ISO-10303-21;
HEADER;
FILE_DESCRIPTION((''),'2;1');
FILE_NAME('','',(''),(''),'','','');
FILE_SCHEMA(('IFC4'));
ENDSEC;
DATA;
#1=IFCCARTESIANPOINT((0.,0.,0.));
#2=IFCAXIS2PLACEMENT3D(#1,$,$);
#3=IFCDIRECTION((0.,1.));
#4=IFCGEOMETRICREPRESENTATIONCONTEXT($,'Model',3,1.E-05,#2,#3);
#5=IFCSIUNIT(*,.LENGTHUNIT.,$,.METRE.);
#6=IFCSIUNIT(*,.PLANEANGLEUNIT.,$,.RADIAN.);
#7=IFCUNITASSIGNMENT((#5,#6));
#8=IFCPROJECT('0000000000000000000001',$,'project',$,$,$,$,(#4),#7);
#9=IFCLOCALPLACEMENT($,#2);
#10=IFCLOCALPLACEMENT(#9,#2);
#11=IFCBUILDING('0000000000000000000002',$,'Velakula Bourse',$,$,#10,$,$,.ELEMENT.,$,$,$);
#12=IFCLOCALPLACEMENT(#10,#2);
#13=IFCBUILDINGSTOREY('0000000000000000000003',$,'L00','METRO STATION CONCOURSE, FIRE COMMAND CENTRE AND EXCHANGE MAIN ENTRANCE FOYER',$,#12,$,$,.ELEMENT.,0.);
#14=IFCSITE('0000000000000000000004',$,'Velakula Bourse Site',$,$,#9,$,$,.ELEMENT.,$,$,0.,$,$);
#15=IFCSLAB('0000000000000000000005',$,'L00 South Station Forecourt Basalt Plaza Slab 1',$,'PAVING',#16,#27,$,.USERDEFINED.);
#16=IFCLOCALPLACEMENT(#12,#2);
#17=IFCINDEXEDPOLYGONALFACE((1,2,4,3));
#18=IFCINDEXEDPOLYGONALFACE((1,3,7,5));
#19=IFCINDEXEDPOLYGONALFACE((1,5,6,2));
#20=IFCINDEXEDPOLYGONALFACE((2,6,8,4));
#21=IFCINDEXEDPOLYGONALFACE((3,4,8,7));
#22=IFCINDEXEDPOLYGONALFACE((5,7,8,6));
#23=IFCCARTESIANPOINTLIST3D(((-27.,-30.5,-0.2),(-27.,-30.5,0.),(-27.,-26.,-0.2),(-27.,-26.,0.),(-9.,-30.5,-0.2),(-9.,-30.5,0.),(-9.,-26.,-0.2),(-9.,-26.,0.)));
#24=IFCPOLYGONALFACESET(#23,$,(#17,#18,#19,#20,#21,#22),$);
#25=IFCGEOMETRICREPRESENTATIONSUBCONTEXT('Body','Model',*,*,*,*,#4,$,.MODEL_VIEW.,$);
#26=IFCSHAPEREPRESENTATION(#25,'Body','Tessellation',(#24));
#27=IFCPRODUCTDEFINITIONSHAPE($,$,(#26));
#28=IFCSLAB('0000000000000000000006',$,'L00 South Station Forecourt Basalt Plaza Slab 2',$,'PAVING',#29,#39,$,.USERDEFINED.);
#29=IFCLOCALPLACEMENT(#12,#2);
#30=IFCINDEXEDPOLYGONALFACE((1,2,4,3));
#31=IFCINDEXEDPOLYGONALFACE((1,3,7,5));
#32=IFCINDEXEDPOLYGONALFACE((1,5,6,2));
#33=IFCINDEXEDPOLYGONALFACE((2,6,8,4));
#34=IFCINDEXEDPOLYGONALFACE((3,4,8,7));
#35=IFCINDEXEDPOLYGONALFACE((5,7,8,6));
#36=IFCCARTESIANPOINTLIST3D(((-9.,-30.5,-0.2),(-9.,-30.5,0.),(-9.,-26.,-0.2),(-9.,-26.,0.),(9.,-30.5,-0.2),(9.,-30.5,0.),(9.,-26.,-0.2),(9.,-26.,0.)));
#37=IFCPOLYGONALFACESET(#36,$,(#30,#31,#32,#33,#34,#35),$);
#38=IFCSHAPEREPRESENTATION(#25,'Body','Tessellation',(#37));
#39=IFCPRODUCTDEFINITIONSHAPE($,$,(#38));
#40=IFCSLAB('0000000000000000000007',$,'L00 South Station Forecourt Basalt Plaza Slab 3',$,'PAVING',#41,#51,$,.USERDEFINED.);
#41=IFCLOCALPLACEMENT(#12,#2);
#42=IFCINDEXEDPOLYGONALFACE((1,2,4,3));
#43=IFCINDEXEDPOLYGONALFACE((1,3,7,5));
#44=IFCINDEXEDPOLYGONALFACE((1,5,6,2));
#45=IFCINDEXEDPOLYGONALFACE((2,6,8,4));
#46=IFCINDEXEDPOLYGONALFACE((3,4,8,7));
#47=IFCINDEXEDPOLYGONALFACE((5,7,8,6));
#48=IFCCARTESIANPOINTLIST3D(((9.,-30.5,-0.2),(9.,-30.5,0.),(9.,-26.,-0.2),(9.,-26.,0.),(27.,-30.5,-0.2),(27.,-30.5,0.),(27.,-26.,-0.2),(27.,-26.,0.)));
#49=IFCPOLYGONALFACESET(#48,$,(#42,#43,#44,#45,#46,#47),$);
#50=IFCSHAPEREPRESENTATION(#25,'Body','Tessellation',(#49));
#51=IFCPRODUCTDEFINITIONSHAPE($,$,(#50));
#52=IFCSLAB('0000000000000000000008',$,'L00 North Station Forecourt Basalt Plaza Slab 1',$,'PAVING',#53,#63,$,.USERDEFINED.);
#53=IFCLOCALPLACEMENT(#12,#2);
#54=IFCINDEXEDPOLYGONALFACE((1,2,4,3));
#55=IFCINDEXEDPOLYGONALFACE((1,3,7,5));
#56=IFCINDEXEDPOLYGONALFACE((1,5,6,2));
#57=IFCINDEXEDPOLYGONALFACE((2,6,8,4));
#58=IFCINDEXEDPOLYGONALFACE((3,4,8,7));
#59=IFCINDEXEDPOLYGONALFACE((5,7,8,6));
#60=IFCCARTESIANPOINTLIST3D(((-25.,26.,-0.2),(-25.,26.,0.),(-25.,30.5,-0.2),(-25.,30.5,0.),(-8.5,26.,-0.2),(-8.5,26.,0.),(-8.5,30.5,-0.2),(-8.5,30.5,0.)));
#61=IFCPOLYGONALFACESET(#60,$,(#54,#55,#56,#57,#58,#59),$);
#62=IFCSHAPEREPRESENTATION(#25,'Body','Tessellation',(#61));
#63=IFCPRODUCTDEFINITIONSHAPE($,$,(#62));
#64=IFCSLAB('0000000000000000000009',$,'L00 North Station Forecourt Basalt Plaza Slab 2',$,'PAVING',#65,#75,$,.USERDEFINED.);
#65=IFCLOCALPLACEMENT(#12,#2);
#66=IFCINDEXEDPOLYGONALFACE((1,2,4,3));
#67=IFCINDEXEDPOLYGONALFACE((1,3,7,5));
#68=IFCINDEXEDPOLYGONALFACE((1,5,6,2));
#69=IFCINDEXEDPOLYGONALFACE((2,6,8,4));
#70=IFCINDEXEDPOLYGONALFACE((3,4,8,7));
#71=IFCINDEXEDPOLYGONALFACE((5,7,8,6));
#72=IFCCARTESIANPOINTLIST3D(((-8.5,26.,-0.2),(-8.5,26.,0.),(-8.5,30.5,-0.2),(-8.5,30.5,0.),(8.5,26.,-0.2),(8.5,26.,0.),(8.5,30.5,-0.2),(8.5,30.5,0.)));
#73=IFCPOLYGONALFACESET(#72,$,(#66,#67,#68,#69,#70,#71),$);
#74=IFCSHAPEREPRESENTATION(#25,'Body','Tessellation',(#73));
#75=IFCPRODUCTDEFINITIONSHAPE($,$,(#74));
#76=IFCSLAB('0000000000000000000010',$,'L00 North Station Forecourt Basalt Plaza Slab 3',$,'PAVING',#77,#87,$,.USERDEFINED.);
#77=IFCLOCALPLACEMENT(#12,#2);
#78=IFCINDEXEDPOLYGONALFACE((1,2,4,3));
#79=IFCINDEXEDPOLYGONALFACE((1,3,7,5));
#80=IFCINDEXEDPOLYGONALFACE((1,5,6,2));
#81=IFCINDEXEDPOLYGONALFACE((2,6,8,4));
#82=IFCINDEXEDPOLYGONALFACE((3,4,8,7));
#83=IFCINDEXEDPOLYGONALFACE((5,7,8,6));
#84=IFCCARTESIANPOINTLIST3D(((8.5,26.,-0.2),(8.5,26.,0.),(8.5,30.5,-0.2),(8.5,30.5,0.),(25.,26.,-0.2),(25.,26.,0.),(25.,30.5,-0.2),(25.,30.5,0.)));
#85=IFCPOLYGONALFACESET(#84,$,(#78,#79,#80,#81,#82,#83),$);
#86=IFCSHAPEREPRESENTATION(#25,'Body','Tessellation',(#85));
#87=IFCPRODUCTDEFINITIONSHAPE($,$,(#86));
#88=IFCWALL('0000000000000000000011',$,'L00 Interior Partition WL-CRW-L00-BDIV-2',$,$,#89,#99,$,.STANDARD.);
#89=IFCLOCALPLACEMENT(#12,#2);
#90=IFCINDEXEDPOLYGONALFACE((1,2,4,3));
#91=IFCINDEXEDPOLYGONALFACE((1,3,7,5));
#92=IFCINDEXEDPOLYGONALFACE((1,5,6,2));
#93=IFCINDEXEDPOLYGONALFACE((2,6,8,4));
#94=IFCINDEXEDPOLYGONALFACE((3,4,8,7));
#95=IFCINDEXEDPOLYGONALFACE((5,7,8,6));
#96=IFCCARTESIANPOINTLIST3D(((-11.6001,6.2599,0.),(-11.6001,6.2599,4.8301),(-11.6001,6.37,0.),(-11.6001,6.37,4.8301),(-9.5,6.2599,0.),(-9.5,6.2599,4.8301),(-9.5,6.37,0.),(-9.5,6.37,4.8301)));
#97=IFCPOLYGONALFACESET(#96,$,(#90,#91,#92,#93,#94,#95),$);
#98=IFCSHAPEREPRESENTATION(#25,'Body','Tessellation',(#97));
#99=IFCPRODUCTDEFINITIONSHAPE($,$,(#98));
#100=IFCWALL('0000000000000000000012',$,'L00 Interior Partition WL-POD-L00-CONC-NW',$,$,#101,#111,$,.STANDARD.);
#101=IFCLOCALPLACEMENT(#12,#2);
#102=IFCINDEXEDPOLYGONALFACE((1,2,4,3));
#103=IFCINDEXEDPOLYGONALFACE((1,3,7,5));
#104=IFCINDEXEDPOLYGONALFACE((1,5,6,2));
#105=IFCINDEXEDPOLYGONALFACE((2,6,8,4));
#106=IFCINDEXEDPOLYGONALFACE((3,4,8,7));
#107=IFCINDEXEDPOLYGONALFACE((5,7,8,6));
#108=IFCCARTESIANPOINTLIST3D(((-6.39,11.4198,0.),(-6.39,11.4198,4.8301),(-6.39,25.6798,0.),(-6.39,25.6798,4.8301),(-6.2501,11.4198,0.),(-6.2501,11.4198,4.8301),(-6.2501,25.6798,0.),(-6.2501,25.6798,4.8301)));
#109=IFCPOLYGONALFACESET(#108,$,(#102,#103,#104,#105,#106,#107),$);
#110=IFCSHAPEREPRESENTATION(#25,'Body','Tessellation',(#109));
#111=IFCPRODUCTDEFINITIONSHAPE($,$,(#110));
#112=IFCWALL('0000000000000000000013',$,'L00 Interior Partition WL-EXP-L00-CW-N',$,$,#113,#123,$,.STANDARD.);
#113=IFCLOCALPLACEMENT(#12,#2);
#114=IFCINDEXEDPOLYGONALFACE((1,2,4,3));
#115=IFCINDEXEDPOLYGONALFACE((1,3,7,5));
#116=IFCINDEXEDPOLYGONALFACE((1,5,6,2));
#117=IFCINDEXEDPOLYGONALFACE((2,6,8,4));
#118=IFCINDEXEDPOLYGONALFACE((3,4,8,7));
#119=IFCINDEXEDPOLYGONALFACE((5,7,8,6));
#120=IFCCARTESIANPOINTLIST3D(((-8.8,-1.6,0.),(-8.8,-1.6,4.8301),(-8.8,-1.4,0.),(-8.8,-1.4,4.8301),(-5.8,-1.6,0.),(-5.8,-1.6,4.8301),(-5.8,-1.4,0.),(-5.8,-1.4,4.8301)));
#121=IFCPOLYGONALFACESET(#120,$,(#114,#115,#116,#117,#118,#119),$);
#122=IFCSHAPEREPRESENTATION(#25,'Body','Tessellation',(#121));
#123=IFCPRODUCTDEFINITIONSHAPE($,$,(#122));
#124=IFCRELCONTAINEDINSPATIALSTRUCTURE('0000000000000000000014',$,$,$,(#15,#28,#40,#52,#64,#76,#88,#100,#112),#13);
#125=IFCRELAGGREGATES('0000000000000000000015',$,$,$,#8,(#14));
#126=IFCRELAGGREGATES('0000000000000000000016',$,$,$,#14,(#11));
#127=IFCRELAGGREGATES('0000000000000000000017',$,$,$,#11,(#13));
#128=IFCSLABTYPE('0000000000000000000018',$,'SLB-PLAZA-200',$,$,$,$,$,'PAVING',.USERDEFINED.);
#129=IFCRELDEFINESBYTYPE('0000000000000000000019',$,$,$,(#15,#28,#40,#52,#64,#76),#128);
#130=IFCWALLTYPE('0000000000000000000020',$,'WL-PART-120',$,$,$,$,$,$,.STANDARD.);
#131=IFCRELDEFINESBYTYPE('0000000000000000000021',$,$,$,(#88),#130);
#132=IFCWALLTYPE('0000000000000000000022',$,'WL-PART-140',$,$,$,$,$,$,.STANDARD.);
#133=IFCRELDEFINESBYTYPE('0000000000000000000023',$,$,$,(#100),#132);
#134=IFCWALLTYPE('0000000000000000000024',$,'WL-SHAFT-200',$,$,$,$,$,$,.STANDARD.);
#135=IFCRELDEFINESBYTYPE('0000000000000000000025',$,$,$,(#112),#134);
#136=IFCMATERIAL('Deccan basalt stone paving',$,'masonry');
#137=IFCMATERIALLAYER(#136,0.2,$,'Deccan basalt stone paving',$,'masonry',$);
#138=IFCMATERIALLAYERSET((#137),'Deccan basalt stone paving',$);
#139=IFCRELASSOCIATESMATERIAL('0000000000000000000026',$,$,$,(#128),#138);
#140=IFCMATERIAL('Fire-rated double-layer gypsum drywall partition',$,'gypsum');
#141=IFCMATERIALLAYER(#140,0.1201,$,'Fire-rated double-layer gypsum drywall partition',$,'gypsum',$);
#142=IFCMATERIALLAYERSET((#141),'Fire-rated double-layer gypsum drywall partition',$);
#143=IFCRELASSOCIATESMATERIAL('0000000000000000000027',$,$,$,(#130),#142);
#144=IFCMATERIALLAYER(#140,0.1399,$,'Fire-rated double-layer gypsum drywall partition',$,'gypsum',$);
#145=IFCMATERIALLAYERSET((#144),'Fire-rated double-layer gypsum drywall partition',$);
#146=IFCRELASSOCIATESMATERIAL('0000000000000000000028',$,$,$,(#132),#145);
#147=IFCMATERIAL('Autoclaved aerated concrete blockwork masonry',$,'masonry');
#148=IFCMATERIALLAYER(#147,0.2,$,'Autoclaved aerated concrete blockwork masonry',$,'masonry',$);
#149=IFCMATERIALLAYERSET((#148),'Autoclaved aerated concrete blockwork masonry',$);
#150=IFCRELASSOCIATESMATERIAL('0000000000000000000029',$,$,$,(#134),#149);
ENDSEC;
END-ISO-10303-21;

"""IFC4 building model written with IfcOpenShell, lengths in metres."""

from ifc_helpers import new_model, si_unit, direction, frame, frame_2d, origin, place, context, subcontext, project, spatial, polyline, rectangle, outline, extrude, material, layer, layer_set, type_object, element, save


model = new_model("IFC4")

# Units and contexts
model_context = context("Model", 3, precision=1e-05, world=origin(), true_north=direction((0.0, 1.0)))
body_context = subcontext(model_context, "Body", "Model", "MODEL_VIEW")
ifc_project = project(units=[si_unit("LENGTHUNIT", "METRE"), si_unit("PLANEANGLEUNIT", "RADIAN")], contexts=[model_context])

# Site, building, storey
site_placement = place(None, origin())
site = spatial("IfcSite", under=ifc_project, at=site_placement, Name="Velakula Bourse Site", CompositionType="ELEMENT", RefElevation=0.0)
building_placement = place(site_placement, origin())
building = spatial("IfcBuilding", under=site, at=building_placement, Name="Velakula Bourse", CompositionType="ELEMENT")
storey_placement = place(building_placement, origin())
storey = spatial("IfcBuildingStorey", under=building, at=storey_placement, Name="L00", Description="METRO STATION CONCOURSE, FIRE COMMAND CENTRE AND EXCHANGE MAIN ENTRANCE FOYER", CompositionType="ELEMENT", Elevation=0.0)

# Slabs
ifc_material_1 = material(Name="Deccan basalt stone paving", Category="masonry")
ifc_layer_1 = layer(ifc_material_1, 0.2, Name="Deccan basalt stone paving", Category="masonry")
ifc_layer_set_1 = layer_set([ifc_layer_1], Name="Deccan basalt stone paving")
slab_type = type_object("IfcSlabType", Name="SLB-PLAZA-200", ElementType="PAVING", PredefinedType="USERDEFINED", material=ifc_layer_set_1)
slab_1_placement = place(storey_placement, frame((0.0, 0.0, -0.2)))
element("IfcSlab", 1, at=slab_1_placement, inside=storey, type_object=slab_type, Name="L00 South Station Forecourt Basalt Plaza Slab 1", ObjectType="PAVING", PredefinedType="USERDEFINED", context=body_context, shape_type="SweptSolid", body=[
    extrude(outline(polyline([(-27.0, -30.5), (-9.0, -30.5), (-9.0, -26.0), (-27.0, -26.0), (-27.0, -30.5)])), origin(), (0.0, 0.0, 1.0), 0.2),
])
slab_2_placement = place(storey_placement, frame((0.0, 0.0, -0.2)))
element("IfcSlab", 2, at=slab_2_placement, inside=storey, type_object=slab_type, Name="L00 South Station Forecourt Basalt Plaza Slab 2", ObjectType="PAVING", PredefinedType="USERDEFINED", context=body_context, shape_type="SweptSolid", body=[
    extrude(outline(polyline([(-9.0, -30.5), (9.0, -30.5), (9.0, -26.0), (-9.0, -26.0), (-9.0, -30.5)])), origin(), (0.0, 0.0, 1.0), 0.2),
])
slab_3_placement = place(storey_placement, frame((0.0, 0.0, -0.2)))
element("IfcSlab", 3, at=slab_3_placement, inside=storey, type_object=slab_type, Name="L00 South Station Forecourt Basalt Plaza Slab 3", ObjectType="PAVING", PredefinedType="USERDEFINED", context=body_context, shape_type="SweptSolid", body=[
    extrude(outline(polyline([(9.0, -30.5), (27.0, -30.5), (27.0, -26.0), (9.0, -26.0), (9.0, -30.5)])), origin(), (0.0, 0.0, 1.0), 0.2),
])
slab_4_placement = place(storey_placement, frame((0.0, 0.0, -0.2)))
element("IfcSlab", 4, at=slab_4_placement, inside=storey, type_object=slab_type, Name="L00 North Station Forecourt Basalt Plaza Slab 1", ObjectType="PAVING", PredefinedType="USERDEFINED", context=body_context, shape_type="SweptSolid", body=[
    extrude(outline(polyline([(-25.0, 26.0), (-8.5, 26.0), (-8.5, 30.5), (-25.0, 30.5), (-25.0, 26.0)])), origin(), (0.0, 0.0, 1.0), 0.2),
])
slab_5_placement = place(storey_placement, frame((0.0, 0.0, -0.2)))
element("IfcSlab", 5, at=slab_5_placement, inside=storey, type_object=slab_type, Name="L00 North Station Forecourt Basalt Plaza Slab 2", ObjectType="PAVING", PredefinedType="USERDEFINED", context=body_context, shape_type="SweptSolid", body=[
    extrude(outline(polyline([(-8.5, 26.0), (8.5, 26.0), (8.5, 30.5), (-8.5, 30.5), (-8.5, 26.0)])), origin(), (0.0, 0.0, 1.0), 0.2),
])
slab_6_placement = place(storey_placement, frame((0.0, 0.0, -0.2)))
element("IfcSlab", 6, at=slab_6_placement, inside=storey, type_object=slab_type, Name="L00 North Station Forecourt Basalt Plaza Slab 3", ObjectType="PAVING", PredefinedType="USERDEFINED", context=body_context, shape_type="SweptSolid", body=[
    extrude(outline(polyline([(8.5, 26.0), (25.0, 26.0), (25.0, 30.5), (8.5, 30.5), (8.5, 26.0)])), origin(), (0.0, 0.0, 1.0), 0.2),
])

# Walls
ifc_material_2 = material(Name="Fire-rated double-layer gypsum drywall partition", Category="gypsum")
ifc_layer_2 = layer(ifc_material_2, 0.1201, Name="Fire-rated double-layer gypsum drywall partition", Category="gypsum")
ifc_layer_set_2 = layer_set([ifc_layer_2], Name="Fire-rated double-layer gypsum drywall partition")
wall_type_1 = type_object("IfcWallType", Name="WL-PART-120", PredefinedType="STANDARD", material=ifc_layer_set_2)
wall_1_placement = place(storey_placement, frame((-11.6001, 6.3149, 0.0), z_axis=(0.0, 0.0, 1.0), x_axis=(1.0, 0.0, 0.0)))
element("IfcWall", 7, at=wall_1_placement, inside=storey, type_object=wall_type_1, Name="L00 Interior Partition WL-CRW-L00-BDIV-2", PredefinedType="STANDARD", context=body_context, shape_type="SweptSolid", body=[
    extrude(rectangle(XDim=2.1001, YDim=0.1101, at=frame_2d((1.05, 0.0))), origin(), (0.0, 0.0, 1.0), 4.8301),
])
ifc_layer_3 = layer(ifc_material_2, 0.1399, Name="Fire-rated double-layer gypsum drywall partition", Category="gypsum")
ifc_layer_set_3 = layer_set([ifc_layer_3], Name="Fire-rated double-layer gypsum drywall partition")
wall_type_2 = type_object("IfcWallType", Name="WL-PART-140", PredefinedType="STANDARD", material=ifc_layer_set_3)
wall_2_placement = place(storey_placement, frame((-6.3201, 11.4199, 0.0), z_axis=(0.0, 0.0, 1.0), x_axis=(0.0, 1.0, 0.0)))
element("IfcWall", 8, at=wall_2_placement, inside=storey, type_object=wall_type_2, Name="L00 Interior Partition WL-POD-L00-CONC-NW", PredefinedType="STANDARD", context=body_context, shape_type="SweptSolid", body=[
    extrude(rectangle(XDim=14.26, YDim=0.1399, at=frame_2d((7.1299, 0.0))), origin(), (0.0, 0.0, 1.0), 4.8301),
])
ifc_material_3 = material(Name="Autoclaved aerated concrete blockwork masonry", Category="masonry")
ifc_layer_4 = layer(ifc_material_3, 0.2, Name="Autoclaved aerated concrete blockwork masonry", Category="masonry")
ifc_layer_set_4 = layer_set([ifc_layer_4], Name="Autoclaved aerated concrete blockwork masonry")
wall_type_3 = type_object("IfcWallType", Name="WL-SHAFT-200", PredefinedType="STANDARD", material=ifc_layer_set_4)
wall_3_placement = place(storey_placement, frame((-8.8, -1.5, 0.0), z_axis=(0.0, 0.0, 1.0), x_axis=(1.0, 0.0, 0.0)))
element("IfcWall", 9, at=wall_3_placement, inside=storey, type_object=wall_type_3, Name="L00 Interior Partition WL-EXP-L00-CW-N", PredefinedType="STANDARD", context=body_context, shape_type="SweptSolid", body=[
    extrude(rectangle(XDim=3.0, YDim=0.2, at=frame_2d((1.5, 0.0))), origin(), (0.0, 0.0, 1.0), 4.8301),
])

save(model, "model.ifc")
